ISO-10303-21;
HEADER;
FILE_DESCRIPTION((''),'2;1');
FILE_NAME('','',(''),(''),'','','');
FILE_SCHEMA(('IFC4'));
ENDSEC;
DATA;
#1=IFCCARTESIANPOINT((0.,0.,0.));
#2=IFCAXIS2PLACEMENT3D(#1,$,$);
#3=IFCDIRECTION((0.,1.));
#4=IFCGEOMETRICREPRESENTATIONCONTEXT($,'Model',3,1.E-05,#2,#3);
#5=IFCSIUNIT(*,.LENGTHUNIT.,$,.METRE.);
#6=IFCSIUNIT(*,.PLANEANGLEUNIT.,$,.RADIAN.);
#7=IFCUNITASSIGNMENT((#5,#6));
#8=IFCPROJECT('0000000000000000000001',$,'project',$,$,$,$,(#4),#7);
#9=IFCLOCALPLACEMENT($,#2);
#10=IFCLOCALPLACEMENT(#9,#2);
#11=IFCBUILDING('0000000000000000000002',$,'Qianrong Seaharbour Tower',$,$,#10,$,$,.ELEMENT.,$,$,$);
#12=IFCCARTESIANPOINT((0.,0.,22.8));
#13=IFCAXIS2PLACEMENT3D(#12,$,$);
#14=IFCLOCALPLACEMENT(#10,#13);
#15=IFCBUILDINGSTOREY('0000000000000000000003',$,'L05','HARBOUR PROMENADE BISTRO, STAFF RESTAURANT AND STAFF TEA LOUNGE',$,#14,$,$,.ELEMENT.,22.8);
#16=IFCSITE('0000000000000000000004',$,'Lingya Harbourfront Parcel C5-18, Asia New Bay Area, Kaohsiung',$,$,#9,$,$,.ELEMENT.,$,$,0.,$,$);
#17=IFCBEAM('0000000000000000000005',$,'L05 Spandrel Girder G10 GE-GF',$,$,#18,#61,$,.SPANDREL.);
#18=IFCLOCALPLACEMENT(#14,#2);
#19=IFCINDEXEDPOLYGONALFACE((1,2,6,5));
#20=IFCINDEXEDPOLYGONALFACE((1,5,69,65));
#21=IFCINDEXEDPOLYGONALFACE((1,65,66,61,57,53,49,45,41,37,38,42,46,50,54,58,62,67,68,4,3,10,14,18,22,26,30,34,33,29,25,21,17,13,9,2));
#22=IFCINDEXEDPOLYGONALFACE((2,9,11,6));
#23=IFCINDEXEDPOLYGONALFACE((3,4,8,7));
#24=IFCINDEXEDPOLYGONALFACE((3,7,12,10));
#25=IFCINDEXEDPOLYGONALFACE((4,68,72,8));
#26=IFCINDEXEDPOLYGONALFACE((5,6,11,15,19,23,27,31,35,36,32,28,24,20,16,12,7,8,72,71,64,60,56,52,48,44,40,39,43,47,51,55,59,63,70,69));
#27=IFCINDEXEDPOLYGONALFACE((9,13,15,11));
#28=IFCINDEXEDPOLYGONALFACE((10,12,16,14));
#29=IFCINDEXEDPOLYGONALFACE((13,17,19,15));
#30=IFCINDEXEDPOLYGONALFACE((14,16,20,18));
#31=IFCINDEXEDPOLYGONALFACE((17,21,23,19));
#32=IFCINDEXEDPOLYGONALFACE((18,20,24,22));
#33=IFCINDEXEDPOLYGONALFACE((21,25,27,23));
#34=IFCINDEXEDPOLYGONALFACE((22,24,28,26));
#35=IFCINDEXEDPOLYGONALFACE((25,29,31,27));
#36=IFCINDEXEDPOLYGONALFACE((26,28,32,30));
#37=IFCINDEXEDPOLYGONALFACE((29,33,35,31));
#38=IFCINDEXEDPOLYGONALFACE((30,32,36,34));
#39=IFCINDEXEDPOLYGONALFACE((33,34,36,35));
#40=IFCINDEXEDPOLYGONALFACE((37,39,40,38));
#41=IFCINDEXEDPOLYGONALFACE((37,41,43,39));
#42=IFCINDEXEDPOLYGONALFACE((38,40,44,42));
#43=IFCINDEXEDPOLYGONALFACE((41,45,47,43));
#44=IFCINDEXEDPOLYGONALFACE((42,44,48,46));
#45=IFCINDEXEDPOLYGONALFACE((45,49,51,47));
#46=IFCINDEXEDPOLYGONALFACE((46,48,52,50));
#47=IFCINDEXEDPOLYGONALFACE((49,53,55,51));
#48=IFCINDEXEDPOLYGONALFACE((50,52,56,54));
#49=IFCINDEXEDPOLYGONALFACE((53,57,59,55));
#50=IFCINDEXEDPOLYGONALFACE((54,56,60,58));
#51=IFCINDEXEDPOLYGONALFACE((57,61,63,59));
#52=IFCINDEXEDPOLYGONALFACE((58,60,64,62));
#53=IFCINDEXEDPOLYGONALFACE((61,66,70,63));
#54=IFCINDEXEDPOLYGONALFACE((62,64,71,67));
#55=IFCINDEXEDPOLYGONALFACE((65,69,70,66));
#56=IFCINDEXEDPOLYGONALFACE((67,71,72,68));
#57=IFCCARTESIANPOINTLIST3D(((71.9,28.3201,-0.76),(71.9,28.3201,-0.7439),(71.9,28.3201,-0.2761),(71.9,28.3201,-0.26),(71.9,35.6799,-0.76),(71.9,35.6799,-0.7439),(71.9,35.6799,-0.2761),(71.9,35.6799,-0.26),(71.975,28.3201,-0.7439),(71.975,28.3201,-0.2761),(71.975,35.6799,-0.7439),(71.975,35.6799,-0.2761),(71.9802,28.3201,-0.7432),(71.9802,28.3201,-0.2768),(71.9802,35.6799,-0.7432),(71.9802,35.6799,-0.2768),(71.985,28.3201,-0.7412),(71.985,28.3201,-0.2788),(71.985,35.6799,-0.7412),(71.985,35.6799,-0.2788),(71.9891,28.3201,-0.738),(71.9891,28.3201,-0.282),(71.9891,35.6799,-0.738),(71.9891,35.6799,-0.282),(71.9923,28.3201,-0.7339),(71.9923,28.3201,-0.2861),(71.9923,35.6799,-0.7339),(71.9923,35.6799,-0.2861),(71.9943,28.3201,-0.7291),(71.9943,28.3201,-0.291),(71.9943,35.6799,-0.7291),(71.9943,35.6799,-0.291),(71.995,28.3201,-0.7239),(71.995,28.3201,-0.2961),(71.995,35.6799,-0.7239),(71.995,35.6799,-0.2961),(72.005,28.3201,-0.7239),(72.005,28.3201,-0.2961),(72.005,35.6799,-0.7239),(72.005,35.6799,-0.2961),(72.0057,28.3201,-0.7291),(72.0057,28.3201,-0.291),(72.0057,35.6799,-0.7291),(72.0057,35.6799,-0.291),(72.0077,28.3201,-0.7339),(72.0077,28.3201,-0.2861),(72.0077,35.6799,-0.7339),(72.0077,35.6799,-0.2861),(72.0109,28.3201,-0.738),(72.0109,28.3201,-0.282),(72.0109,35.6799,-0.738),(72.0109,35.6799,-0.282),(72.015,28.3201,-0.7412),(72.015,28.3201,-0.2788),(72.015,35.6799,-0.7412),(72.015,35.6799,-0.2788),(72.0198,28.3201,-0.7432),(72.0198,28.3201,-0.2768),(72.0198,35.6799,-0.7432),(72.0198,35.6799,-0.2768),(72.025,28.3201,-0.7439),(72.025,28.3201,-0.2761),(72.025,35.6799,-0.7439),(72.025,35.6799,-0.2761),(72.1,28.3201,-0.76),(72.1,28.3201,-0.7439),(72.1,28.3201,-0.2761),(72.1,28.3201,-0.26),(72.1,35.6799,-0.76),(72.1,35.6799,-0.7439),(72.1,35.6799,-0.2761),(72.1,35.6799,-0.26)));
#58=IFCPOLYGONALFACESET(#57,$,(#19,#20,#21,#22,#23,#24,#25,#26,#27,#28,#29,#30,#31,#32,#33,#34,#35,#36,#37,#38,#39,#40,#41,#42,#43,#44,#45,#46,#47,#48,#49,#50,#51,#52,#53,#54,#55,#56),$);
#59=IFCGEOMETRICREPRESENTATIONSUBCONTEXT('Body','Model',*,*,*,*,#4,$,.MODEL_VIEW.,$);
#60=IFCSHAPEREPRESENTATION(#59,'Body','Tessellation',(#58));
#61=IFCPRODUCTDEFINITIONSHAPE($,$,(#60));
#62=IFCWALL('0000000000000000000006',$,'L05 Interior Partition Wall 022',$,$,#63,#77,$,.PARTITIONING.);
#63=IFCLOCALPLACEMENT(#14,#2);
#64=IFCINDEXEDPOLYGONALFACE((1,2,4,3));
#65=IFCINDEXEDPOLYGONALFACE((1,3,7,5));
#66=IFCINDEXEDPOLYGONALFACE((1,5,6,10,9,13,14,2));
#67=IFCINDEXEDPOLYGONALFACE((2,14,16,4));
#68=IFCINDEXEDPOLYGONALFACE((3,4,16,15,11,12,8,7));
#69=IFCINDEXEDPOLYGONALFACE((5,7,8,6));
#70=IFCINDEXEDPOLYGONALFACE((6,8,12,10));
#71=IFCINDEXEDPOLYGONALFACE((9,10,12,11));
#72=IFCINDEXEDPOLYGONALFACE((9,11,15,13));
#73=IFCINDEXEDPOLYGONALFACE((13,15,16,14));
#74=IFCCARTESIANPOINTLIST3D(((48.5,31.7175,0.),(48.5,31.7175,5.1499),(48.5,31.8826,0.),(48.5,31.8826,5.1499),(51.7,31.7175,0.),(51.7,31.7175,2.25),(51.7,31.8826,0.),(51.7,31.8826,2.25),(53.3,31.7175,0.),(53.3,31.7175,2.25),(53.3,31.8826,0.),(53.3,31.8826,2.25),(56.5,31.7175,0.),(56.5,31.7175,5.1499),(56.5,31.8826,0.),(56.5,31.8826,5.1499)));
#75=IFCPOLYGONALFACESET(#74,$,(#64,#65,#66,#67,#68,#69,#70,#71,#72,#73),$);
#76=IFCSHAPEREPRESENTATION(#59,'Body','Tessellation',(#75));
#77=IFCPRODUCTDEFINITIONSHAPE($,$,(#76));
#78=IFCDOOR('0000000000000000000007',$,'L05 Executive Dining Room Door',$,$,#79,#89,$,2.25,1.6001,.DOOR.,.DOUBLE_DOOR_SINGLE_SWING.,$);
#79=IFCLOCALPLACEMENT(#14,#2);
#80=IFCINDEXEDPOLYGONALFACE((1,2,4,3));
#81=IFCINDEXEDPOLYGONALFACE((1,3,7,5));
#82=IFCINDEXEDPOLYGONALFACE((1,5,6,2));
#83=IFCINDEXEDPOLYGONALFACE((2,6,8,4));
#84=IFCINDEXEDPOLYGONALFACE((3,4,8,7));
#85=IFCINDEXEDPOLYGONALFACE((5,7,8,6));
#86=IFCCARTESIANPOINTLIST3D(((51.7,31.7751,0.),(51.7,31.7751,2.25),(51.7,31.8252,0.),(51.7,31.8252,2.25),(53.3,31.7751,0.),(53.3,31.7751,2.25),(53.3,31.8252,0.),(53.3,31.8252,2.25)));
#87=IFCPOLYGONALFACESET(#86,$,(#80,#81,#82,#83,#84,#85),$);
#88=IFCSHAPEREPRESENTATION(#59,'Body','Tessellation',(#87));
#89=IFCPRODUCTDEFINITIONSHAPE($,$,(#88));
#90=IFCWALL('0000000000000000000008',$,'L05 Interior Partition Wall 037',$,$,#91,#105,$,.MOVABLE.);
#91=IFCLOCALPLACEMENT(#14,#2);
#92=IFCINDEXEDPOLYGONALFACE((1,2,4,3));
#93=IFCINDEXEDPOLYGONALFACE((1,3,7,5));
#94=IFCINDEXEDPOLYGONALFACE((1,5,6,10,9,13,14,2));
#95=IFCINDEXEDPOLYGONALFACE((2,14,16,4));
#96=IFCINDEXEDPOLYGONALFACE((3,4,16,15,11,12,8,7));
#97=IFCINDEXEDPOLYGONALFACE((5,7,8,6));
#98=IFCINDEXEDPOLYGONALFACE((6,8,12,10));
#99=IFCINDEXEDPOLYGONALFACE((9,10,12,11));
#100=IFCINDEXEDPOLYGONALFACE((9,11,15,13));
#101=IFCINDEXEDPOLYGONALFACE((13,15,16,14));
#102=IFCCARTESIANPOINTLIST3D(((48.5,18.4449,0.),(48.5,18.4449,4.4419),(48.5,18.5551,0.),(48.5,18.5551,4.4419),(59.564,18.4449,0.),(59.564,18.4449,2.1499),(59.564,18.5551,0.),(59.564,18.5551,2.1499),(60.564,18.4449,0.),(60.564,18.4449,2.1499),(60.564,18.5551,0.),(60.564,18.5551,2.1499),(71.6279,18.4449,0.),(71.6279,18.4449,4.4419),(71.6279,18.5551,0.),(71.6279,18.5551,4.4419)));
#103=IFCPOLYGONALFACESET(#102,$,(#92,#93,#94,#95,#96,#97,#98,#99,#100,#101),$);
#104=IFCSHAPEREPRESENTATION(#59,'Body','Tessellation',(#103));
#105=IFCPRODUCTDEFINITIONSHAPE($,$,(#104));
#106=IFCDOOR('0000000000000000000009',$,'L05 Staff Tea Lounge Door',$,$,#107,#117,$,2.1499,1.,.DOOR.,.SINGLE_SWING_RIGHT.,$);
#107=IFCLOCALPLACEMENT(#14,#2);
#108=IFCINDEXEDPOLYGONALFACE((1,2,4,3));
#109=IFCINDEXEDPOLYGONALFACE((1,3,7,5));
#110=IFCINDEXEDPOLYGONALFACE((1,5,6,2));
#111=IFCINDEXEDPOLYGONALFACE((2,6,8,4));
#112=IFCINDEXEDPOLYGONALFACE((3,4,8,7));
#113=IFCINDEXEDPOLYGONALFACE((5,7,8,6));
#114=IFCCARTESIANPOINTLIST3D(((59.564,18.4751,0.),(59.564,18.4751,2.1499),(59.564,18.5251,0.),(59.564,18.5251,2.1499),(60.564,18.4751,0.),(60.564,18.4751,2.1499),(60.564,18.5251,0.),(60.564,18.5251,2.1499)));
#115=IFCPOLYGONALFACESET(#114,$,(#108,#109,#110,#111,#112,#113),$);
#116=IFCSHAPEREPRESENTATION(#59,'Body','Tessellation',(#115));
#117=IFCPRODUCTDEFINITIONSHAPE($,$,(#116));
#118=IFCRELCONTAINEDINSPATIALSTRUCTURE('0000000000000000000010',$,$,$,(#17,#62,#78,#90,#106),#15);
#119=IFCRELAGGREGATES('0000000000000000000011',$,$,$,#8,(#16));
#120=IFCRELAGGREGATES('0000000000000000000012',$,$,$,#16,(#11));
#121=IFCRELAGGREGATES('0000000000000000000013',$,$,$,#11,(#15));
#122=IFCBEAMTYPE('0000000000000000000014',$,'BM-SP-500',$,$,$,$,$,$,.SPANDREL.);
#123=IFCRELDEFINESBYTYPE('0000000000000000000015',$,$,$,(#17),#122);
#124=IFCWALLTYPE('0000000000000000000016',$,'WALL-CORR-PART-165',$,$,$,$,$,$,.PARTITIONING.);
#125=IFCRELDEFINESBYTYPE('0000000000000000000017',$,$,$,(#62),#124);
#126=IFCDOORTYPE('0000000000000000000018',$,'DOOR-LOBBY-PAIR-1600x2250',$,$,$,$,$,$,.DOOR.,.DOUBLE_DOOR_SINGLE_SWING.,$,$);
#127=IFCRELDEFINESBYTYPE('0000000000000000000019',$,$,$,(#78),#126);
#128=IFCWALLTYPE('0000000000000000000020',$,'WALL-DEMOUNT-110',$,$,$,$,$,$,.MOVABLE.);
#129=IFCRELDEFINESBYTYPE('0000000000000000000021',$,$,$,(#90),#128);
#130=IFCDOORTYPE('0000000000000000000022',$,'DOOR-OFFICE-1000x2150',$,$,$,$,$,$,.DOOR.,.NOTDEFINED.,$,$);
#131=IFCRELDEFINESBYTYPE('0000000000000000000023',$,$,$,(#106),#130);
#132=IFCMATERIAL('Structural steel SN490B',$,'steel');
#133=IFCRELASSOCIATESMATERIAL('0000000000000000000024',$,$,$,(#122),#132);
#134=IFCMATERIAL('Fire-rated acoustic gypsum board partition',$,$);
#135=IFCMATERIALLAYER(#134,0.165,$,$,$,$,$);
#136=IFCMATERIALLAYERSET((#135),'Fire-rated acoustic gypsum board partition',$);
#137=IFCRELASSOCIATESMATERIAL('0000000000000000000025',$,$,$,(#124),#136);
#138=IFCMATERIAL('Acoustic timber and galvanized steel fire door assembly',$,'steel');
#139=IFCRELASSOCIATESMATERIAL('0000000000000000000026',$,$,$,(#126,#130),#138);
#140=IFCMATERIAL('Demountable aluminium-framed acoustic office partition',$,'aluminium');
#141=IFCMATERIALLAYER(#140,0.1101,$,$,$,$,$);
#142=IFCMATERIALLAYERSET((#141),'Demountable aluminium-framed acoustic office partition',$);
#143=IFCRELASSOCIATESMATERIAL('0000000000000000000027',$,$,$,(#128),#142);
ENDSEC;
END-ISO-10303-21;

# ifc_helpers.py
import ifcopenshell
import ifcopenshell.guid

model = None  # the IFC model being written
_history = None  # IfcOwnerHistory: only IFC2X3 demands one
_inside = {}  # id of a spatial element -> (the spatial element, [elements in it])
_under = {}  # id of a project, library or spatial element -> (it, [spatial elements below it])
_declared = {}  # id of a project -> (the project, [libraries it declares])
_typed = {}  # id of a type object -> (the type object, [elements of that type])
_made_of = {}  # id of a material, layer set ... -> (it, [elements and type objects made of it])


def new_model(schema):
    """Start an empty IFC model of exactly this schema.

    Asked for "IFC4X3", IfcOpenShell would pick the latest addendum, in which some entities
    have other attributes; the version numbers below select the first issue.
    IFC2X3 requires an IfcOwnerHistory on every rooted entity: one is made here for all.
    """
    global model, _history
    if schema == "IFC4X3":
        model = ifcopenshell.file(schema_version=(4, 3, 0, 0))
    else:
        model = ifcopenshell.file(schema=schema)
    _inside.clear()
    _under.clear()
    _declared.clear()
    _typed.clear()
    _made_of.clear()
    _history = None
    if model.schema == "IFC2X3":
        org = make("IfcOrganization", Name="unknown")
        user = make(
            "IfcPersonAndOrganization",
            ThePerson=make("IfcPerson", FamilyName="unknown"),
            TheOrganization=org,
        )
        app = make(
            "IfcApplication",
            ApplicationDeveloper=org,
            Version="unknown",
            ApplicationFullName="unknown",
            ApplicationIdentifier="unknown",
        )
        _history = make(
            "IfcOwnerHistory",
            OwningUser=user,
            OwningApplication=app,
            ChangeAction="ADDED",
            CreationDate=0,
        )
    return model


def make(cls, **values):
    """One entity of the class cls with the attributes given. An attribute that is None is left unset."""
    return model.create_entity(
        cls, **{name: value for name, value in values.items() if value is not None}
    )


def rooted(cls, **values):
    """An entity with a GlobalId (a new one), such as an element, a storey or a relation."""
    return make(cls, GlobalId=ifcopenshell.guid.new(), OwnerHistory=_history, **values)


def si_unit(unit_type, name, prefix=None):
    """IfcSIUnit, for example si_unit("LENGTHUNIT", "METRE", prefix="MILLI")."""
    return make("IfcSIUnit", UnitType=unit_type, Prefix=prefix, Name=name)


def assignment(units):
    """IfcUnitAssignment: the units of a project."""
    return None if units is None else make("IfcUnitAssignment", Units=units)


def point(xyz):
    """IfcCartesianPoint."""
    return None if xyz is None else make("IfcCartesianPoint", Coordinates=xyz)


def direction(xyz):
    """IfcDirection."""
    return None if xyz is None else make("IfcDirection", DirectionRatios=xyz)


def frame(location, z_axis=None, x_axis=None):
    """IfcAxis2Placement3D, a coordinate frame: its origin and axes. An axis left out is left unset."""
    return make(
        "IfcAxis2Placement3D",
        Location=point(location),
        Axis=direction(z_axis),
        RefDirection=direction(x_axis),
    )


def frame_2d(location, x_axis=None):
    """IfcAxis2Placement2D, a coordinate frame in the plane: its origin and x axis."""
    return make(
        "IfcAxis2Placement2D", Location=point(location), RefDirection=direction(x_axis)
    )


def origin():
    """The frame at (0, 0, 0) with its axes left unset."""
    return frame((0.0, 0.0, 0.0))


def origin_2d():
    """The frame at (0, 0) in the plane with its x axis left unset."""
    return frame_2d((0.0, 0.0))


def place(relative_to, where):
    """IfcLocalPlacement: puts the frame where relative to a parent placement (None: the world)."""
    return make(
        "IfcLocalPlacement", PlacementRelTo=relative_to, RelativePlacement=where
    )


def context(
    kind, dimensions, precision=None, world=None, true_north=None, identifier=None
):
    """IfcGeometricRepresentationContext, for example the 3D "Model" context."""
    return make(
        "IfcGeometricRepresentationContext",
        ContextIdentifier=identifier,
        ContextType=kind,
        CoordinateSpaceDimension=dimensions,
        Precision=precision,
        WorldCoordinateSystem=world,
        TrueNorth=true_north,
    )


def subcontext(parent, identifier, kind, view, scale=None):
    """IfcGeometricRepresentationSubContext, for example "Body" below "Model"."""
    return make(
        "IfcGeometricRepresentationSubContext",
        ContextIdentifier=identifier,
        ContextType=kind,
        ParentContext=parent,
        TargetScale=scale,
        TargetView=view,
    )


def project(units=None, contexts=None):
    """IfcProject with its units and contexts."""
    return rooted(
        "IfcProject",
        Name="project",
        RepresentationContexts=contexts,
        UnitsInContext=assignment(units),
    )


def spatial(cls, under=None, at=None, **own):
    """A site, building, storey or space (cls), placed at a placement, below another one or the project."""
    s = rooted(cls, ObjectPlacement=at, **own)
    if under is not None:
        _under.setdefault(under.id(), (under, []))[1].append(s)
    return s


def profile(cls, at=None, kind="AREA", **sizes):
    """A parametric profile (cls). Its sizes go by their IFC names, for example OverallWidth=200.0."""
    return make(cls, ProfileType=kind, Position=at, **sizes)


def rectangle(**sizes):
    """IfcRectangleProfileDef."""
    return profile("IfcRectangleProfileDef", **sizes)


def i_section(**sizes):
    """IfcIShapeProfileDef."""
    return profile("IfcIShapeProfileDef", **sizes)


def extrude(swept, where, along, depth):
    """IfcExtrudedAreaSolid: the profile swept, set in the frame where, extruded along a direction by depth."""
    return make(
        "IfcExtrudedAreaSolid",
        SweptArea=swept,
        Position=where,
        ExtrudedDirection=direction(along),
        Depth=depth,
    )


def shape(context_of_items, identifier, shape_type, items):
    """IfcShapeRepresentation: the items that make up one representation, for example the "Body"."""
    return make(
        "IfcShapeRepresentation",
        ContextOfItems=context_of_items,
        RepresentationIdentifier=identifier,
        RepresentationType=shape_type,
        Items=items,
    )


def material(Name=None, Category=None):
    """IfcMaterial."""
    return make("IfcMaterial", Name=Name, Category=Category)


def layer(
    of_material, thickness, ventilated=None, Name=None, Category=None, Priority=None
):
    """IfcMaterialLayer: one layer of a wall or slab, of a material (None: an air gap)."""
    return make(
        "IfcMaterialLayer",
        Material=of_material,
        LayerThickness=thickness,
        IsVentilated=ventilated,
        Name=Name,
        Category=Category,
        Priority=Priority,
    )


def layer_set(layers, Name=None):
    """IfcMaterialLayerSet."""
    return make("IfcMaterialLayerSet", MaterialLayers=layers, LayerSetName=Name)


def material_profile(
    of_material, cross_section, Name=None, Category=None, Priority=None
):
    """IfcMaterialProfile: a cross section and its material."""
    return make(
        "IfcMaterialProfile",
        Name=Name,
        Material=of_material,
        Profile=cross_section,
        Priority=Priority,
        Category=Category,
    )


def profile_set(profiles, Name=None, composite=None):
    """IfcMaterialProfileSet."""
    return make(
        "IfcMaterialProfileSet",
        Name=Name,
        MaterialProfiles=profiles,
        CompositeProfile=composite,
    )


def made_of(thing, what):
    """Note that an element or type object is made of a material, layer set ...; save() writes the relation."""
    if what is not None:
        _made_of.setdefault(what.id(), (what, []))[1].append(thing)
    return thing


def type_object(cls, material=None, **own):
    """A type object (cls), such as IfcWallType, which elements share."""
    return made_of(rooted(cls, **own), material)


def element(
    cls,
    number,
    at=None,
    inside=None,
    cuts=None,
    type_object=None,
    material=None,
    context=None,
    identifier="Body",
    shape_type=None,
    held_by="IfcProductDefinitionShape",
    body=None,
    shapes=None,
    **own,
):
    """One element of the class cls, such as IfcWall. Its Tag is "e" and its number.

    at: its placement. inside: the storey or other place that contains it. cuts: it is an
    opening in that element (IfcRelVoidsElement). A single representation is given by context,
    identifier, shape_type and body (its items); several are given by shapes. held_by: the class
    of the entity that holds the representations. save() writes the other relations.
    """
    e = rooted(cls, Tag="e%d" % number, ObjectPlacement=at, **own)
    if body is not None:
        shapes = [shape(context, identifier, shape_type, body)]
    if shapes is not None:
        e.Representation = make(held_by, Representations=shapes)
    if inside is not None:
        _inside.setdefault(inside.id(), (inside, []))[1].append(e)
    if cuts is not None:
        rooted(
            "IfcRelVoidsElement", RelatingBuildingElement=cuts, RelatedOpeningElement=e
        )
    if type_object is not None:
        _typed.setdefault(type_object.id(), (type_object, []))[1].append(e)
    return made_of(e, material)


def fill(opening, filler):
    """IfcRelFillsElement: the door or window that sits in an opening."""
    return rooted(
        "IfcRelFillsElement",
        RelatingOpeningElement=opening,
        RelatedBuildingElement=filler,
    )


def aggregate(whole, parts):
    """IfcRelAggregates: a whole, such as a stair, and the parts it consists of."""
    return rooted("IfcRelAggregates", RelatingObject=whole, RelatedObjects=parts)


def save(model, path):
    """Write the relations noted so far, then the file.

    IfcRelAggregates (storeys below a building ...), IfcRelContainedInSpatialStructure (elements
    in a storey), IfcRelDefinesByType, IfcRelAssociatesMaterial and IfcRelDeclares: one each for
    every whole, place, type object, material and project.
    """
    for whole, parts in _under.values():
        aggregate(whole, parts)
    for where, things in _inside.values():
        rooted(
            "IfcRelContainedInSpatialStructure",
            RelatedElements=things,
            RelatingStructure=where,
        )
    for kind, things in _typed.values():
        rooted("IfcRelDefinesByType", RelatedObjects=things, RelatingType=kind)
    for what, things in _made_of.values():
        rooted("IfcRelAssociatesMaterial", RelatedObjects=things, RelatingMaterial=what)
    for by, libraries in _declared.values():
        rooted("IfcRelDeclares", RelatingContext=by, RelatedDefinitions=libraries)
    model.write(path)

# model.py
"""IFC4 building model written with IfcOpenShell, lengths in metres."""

from ifc_helpers import new_model, si_unit, direction, frame, frame_2d, origin, origin_2d, place, context, subcontext, project, spatial, rectangle, i_section, extrude, material, layer, layer_set, material_profile, profile_set, type_object, element, fill, save


model = new_model("IFC4")

# Units and contexts
model_context = context("Model", 3, precision=1e-05, world=origin(), true_north=direction((0.0, 1.0)))
body_context = subcontext(model_context, "Body", "Model", "MODEL_VIEW")
ifc_project = project(units=[si_unit("LENGTHUNIT", "METRE"), si_unit("PLANEANGLEUNIT", "RADIAN")], contexts=[model_context])

# Site, building, storey
site_placement = place(None, origin())
site = spatial("IfcSite", under=ifc_project, at=site_placement, Name="Lingya Harbourfront Parcel C5-18, Asia New Bay Area, Kaohsiung", CompositionType="ELEMENT", RefElevation=0.0)
building_placement = place(site_placement, origin())
building = spatial("IfcBuilding", under=site, at=building_placement, Name="Qianrong Seaharbour Tower", CompositionType="ELEMENT")
storey_placement = place(building_placement, frame((0.0, 0.0, 22.8)))
storey = spatial("IfcBuildingStorey", under=building, at=storey_placement, Name="L05", Description="HARBOUR PROMENADE BISTRO, STAFF RESTAURANT AND STAFF TEA LOUNGE", CompositionType="ELEMENT", Elevation=22.8)

# Shared definitions
ifc_material_1 = material(Name="Structural steel SN490B", Category="steel")

# Beam
ifc_material_profile_1 = material_profile(ifc_material_1, i_section(OverallWidth=0.2, OverallDepth=0.5, WebThickness=0.01, FlangeThickness=0.0161, FilletRadius=0.02, at=origin_2d()), Name="H500x200x10x16")
ifc_profile_set_1 = profile_set([ifc_material_profile_1], Name="Structural steel SN490B")
beam_type_1 = type_object("IfcBeamType", Name="BM-SP-500", PredefinedType="SPANDREL", material=ifc_profile_set_1)
beam_1_placement = place(storey_placement, frame((72.0, 28.3201, -0.51), z_axis=(0.0, 1.0, 0.0), x_axis=(-1.0, 0.0, 0.0)))
element("IfcBeam", 1, at=beam_1_placement, inside=storey, type_object=beam_type_1, Name="L05 Spandrel Girder G10 GE-GF", PredefinedType="SPANDREL", context=body_context, shape_type="SweptSolid", body=[
    extrude(i_section(OverallWidth=0.2, OverallDepth=0.5, WebThickness=0.01, FlangeThickness=0.0161, FilletRadius=0.02, at=origin_2d()), origin(), (0.0, 0.0, 1.0), 7.3599),
])

# Walls, openings, doors
ifc_material_2 = material(Name="Fire-rated acoustic gypsum board partition")
ifc_layer_1 = layer(ifc_material_2, 0.165)
ifc_layer_set_1 = layer_set([ifc_layer_1], Name="Fire-rated acoustic gypsum board partition")
wall_type_1 = type_object("IfcWallType", Name="WALL-CORR-PART-165", PredefinedType="PARTITIONING", material=ifc_layer_set_1)
wall_1_placement = place(storey_placement, frame((56.5, 31.8, 0.0), z_axis=(0.0, 0.0, 1.0), x_axis=(-1.0, 0.0, 0.0)))
wall_1 = element("IfcWall", 2, at=wall_1_placement, inside=storey, type_object=wall_type_1, Name="L05 Interior Partition Wall 022", PredefinedType="PARTITIONING", context=body_context, shape_type="SweptSolid", body=[
    extrude(rectangle(XDim=8.0, YDim=0.165, at=frame_2d((4.0, 0.0))), origin(), (0.0, 0.0, 1.0), 5.1499),
])
opening_1_placement = place(wall_1_placement, frame((3.2, 0.0, 0.0)))
opening_1 = element("IfcOpeningElement", 3, at=opening_1_placement, cuts=wall_1, PredefinedType="OPENING", context=body_context, shape_type="SweptSolid", body=[
    extrude(rectangle(XDim=1.6001, YDim=2.25, at=frame_2d((0.8, 1.125))), frame((0.0, 0.0925, 0.0), z_axis=(0.0, -1.0, 0.0), x_axis=(1.0, 0.0, 0.0)), (0.0, 0.0, 1.0), 0.1851),
])
ifc_material_3 = material(Name="Acoustic timber and galvanized steel fire door assembly", Category="steel")
door_type_1 = type_object("IfcDoorType", Name="DOOR-LOBBY-PAIR-1600x2250", OperationType="DOUBLE_DOOR_SINGLE_SWING", PredefinedType="DOOR", material=ifc_material_3)
door_1_placement = place(opening_1_placement, origin())
door_1 = element("IfcDoor", 4, at=door_1_placement, inside=storey, type_object=door_type_1, Name="L05 Executive Dining Room Door", OperationType="DOUBLE_DOOR_SINGLE_SWING", OverallHeight=2.25, OverallWidth=1.6001, PredefinedType="DOOR", context=body_context, shape_type="SweptSolid", body=[
    extrude(rectangle(XDim=1.6001, YDim=2.25, at=frame_2d((0.8, 1.125))), frame((0.0, 0.0249, 0.0), z_axis=(0.0, -1.0, 0.0), x_axis=(1.0, 0.0, 0.0)), (0.0, 0.0, 1.0), 0.05),
])
fill(opening_1, door_1)
ifc_material_4 = material(Name="Demountable aluminium-framed acoustic office partition", Category="aluminium")
ifc_layer_2 = layer(ifc_material_4, 0.1101)
ifc_layer_set_2 = layer_set([ifc_layer_2], Name="Demountable aluminium-framed acoustic office partition")
wall_type_2 = type_object("IfcWallType", Name="WALL-DEMOUNT-110", PredefinedType="MOVABLE", material=ifc_layer_set_2)
wall_2_placement = place(storey_placement, frame((71.6279, 18.5, 0.0), z_axis=(0.0, 0.0, 1.0), x_axis=(-1.0, 0.0, 0.0)))
wall_2 = element("IfcWall", 5, at=wall_2_placement, inside=storey, type_object=wall_type_2, Name="L05 Interior Partition Wall 037", PredefinedType="MOVABLE", context=body_context, shape_type="SweptSolid", body=[
    extrude(rectangle(XDim=23.1279, YDim=0.1101, at=frame_2d((11.564, 0.0))), origin(), (0.0, 0.0, 1.0), 4.4419),
])
opening_2_placement = place(wall_2_placement, frame((11.064, 0.0, 0.0)))
opening_2 = element("IfcOpeningElement", 6, at=opening_2_placement, cuts=wall_2, PredefinedType="OPENING", context=body_context, shape_type="SweptSolid", body=[
    extrude(rectangle(XDim=1.0, YDim=2.1499, at=frame_2d((0.5, 1.075))), frame((0.0, 0.0649, 0.0), z_axis=(0.0, -1.0, 0.0), x_axis=(1.0, 0.0, 0.0)), (0.0, 0.0, 1.0), 0.1301),
])
door_type_2 = type_object("IfcDoorType", Name="DOOR-OFFICE-1000x2150", OperationType="NOTDEFINED", PredefinedType="DOOR", material=ifc_material_3)
door_2_placement = place(opening_2_placement, origin())
door_2 = element("IfcDoor", 7, at=door_2_placement, inside=storey, type_object=door_type_2, Name="L05 Staff Tea Lounge Door", OperationType="SINGLE_SWING_RIGHT", OverallHeight=2.1499, OverallWidth=1.0, PredefinedType="DOOR", context=body_context, shape_type="SweptSolid", body=[
    extrude(rectangle(XDim=1.0, YDim=2.1499, at=frame_2d((0.5, 1.075))), frame((0.0, 0.0249, 0.0), z_axis=(0.0, -1.0, 0.0), x_axis=(1.0, 0.0, 0.0)), (0.0, 0.0, 1.0), 0.05),
])
fill(opening_2, door_2)

save(model, "model.ifc")
